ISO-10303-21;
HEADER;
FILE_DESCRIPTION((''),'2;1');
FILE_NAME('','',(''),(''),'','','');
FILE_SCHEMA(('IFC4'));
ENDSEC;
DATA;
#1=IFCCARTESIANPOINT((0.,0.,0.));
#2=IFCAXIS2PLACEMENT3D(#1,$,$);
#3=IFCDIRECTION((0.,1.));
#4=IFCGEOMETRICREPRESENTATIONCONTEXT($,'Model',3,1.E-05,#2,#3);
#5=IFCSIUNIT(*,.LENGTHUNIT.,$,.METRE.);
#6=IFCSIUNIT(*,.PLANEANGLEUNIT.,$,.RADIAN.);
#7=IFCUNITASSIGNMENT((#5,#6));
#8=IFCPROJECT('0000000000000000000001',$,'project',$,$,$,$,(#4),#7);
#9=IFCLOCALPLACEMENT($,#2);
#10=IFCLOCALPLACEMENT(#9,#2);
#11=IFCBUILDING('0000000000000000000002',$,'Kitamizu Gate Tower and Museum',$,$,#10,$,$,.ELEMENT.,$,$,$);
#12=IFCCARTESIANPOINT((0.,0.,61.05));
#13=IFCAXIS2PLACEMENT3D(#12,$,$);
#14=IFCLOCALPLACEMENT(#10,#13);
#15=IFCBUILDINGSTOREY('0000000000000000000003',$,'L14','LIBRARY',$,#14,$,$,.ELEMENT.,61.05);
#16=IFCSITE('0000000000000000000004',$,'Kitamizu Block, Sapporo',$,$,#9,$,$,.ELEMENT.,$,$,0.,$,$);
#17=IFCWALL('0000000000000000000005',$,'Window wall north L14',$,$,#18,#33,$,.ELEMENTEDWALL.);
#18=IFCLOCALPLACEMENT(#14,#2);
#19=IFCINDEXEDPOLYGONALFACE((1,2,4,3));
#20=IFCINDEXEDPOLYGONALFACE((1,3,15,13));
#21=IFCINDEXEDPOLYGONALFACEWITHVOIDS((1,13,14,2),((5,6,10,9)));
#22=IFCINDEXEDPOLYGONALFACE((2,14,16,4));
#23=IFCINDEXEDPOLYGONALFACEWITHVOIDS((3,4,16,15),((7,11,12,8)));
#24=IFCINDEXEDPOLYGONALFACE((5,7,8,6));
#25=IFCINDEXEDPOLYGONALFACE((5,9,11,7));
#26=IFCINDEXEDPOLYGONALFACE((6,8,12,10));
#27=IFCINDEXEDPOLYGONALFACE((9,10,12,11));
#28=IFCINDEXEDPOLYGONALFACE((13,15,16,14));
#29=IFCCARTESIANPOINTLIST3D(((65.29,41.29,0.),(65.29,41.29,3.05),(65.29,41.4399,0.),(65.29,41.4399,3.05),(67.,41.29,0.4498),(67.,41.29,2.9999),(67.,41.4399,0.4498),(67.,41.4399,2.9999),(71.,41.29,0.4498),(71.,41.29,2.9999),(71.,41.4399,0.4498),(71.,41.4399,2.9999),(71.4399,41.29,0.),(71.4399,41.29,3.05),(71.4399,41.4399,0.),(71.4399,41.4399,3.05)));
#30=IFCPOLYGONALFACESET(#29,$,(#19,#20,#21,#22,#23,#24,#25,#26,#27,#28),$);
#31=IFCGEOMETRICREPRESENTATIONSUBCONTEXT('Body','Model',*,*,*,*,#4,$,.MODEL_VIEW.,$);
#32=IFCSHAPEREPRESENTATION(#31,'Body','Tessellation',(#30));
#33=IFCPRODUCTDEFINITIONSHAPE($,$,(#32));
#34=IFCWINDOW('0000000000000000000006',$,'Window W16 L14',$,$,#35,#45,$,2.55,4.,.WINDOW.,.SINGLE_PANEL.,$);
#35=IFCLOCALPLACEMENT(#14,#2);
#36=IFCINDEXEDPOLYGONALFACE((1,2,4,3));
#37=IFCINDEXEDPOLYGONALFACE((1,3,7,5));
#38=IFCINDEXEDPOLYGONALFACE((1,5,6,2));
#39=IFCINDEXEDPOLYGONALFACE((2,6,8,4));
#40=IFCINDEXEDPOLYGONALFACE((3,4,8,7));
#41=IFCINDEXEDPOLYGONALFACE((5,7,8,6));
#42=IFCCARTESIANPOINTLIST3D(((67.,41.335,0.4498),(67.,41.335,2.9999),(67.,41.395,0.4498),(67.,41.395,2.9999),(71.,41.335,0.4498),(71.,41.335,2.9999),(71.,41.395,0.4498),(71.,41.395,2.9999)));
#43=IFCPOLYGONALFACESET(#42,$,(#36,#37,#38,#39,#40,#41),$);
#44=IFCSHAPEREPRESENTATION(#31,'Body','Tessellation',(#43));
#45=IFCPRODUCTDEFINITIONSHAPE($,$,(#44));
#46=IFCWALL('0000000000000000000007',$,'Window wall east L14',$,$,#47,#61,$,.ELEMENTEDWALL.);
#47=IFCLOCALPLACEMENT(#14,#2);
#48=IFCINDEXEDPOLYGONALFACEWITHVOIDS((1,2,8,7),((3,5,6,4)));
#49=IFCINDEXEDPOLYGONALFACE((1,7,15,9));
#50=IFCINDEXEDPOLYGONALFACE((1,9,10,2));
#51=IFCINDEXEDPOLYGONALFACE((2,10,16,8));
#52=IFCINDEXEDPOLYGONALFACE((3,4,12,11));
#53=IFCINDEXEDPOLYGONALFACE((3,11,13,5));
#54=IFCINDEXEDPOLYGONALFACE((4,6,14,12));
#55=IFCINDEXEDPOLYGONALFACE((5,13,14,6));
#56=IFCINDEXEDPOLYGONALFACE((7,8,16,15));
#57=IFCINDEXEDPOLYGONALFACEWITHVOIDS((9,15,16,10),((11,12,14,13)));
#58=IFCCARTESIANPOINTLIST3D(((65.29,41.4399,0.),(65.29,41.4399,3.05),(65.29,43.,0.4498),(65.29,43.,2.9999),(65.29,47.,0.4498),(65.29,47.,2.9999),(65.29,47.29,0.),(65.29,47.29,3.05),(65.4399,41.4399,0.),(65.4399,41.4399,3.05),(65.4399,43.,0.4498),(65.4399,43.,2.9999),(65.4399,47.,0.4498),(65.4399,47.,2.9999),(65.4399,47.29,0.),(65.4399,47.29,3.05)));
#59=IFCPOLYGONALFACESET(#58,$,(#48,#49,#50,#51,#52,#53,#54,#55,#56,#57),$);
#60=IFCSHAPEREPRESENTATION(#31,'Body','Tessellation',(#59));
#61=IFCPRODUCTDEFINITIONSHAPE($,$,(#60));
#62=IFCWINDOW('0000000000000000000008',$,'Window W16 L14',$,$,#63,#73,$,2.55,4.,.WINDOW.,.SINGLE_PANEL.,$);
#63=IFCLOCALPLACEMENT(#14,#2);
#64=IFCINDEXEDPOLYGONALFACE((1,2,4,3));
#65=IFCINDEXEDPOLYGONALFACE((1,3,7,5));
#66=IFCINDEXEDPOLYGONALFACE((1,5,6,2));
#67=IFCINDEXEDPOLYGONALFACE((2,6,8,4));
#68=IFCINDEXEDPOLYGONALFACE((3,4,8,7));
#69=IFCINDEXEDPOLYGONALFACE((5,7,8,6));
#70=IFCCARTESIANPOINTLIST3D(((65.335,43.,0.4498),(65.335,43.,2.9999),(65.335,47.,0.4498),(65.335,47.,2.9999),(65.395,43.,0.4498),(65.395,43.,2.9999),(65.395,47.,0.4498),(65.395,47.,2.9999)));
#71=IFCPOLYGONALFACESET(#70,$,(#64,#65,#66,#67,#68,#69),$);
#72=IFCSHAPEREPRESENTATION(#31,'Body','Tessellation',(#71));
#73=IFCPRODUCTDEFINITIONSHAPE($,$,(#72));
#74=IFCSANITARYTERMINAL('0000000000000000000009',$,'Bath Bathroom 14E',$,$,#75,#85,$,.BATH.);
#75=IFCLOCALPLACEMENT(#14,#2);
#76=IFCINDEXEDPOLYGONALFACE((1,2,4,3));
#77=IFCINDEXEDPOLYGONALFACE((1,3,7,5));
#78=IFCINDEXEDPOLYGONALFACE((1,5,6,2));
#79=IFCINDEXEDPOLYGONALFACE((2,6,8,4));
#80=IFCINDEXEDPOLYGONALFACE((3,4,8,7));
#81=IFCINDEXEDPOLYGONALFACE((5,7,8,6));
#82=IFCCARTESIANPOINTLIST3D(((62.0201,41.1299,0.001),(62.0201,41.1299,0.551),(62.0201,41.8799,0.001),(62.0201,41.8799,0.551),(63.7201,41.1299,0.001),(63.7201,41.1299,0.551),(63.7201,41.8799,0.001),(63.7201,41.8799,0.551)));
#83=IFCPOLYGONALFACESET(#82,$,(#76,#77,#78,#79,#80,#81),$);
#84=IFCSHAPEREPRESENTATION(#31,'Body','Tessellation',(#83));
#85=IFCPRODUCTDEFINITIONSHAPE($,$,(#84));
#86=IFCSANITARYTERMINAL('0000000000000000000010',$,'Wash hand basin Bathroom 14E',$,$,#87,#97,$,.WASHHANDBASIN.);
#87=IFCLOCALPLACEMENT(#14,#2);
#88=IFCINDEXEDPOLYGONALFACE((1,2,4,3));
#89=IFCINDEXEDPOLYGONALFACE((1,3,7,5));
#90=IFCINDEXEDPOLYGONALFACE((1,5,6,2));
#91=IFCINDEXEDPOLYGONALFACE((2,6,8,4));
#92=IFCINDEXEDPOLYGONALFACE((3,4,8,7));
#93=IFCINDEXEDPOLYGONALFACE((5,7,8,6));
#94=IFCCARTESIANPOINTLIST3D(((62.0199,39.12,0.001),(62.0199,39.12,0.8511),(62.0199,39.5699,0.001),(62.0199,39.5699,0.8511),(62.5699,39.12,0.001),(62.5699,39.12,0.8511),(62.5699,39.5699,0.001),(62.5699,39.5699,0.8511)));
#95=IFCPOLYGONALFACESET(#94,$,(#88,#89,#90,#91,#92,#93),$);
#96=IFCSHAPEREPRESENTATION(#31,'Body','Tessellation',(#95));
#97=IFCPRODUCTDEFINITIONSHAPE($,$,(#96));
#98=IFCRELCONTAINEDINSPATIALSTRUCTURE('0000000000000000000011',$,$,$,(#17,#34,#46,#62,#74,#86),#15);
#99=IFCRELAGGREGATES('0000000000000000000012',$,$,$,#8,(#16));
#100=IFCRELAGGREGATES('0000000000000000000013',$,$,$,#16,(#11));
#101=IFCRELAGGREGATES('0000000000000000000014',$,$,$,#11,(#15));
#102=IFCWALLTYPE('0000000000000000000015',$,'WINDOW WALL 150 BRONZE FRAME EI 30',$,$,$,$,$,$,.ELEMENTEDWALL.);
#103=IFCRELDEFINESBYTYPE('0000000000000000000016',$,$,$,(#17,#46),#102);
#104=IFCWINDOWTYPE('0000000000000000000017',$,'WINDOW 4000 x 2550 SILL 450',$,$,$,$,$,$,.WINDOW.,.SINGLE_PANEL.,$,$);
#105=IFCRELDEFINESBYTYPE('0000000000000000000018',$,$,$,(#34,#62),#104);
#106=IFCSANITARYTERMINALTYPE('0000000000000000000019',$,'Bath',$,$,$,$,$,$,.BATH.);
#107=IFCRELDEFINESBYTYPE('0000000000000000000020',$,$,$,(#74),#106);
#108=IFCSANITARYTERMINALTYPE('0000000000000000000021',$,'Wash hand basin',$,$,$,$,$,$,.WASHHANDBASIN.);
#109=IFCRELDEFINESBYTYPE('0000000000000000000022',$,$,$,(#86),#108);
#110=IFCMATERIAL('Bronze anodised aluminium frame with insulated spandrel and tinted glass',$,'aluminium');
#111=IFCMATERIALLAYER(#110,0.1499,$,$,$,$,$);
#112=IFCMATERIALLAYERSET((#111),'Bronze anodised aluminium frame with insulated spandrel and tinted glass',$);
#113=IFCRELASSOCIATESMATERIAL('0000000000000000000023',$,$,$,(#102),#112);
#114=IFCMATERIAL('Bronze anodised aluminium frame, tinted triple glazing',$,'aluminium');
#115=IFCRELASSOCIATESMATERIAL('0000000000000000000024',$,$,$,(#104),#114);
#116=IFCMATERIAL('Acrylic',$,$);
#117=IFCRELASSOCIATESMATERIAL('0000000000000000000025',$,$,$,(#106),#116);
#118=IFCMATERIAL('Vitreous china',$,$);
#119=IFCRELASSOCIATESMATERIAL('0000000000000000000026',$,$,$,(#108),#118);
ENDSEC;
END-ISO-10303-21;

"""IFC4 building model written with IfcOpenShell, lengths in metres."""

from ifc_helpers import new_model, si_unit, direction, frame, frame_2d, origin, origin_2d, place, context, subcontext, project, spatial, rectangle, extrude, material, layer, layer_set, type_object, element, fill, save


model = new_model("IFC4")

# Units and contexts
model_context = context("Model", 3, precision=1e-05, world=origin(), true_north=direction((0.0, 1.0)))
body_context = subcontext(model_context, "Body", "Model", "MODEL_VIEW")
ifc_project = project(units=[si_unit("LENGTHUNIT", "METRE"), si_unit("PLANEANGLEUNIT", "RADIAN")], contexts=[model_context])

# Site, building, storey
site_placement = place(None, origin())
site = spatial("IfcSite", under=ifc_project, at=site_placement, Name="Kitamizu Block, Sapporo", CompositionType="ELEMENT", RefElevation=0.0)
building_placement = place(site_placement, origin())
building = spatial("IfcBuilding", under=site, at=building_placement, Name="Kitamizu Gate Tower and Museum", CompositionType="ELEMENT")
storey_placement = place(building_placement, frame((0.0, 0.0, 61.05)))
storey = spatial("IfcBuildingStorey", under=building, at=storey_placement, Name="L14", Description="LIBRARY", CompositionType="ELEMENT", Elevation=61.05)

# Walls, openings, windows
ifc_material_1 = material(Name="Bronze anodised aluminium frame with insulated spandrel and tinted glass", Category="aluminium")
ifc_layer_1 = layer(ifc_material_1, 0.1499)
ifc_layer_set_1 = layer_set([ifc_layer_1], Name="Bronze anodised aluminium frame with insulated spandrel and tinted glass")
wall_type_1 = type_object("IfcWallType", Name="WINDOW WALL 150 BRONZE FRAME EI 30", PredefinedType="ELEMENTEDWALL", material=ifc_layer_set_1)
wall_1_placement = place(storey_placement, frame((65.29, 41.365, 0.0), z_axis=(0.0, 0.0, 1.0), x_axis=(1.0, 0.0, 0.0)))
wall_1 = element("IfcWall", 1, at=wall_1_placement, inside=storey, type_object=wall_type_1, Name="Window wall north L14", PredefinedType="ELEMENTEDWALL", context=body_context, shape_type="SweptSolid", body=[
    extrude(rectangle(XDim=6.1499, YDim=0.1499, at=frame_2d((3.075, 0.0))), origin(), (0.0, 0.0, 1.0), 3.05),
])
opening_1_placement = place(wall_1_placement, frame((1.71, 0.0, 0.45)))
opening_1 = element("IfcOpeningElement", 2, at=opening_1_placement, cuts=wall_1, PredefinedType="OPENING", context=body_context, shape_type="SweptSolid", body=[
    extrude(rectangle(XDim=4.0, YDim=2.55, at=frame_2d((2.0, 1.2749))), frame((0.0, 0.085, 0.0), z_axis=(0.0, -1.0, 0.0), x_axis=(1.0, 0.0, 0.0)), (0.0, 0.0, 1.0), 0.1699),
])
ifc_material_2 = material(Name="Bronze anodised aluminium frame, tinted triple glazing", Category="aluminium")
window_type = type_object("IfcWindowType", Name="WINDOW 4000 x 2550 SILL 450", PartitioningType="SINGLE_PANEL", PredefinedType="WINDOW", material=ifc_material_2)
window_1_placement = place(opening_1_placement, origin())
window_1 = element("IfcWindow", 3, at=window_1_placement, inside=storey, type_object=window_type, Name="Window W16 L14", OverallHeight=2.55, OverallWidth=4.0, PartitioningType="SINGLE_PANEL", PredefinedType="WINDOW", context=body_context, shape_type="SweptSolid", body=[
    extrude(rectangle(XDim=4.0, YDim=2.55, at=frame_2d((2.0, 1.2749))), frame((0.0, 0.03, 0.0), z_axis=(0.0, -1.0, 0.0), x_axis=(1.0, 0.0, 0.0)), (0.0, 0.0, 1.0), 0.0601),
])
fill(opening_1, window_1)
wall_2_placement = place(storey_placement, frame((65.365, 41.4399, 0.0), z_axis=(0.0, 0.0, 1.0), x_axis=(0.0, 1.0, 0.0)))
wall_2 = element("IfcWall", 4, at=wall_2_placement, inside=storey, type_object=wall_type_1, Name="Window wall east L14", PredefinedType="ELEMENTEDWALL", context=body_context, shape_type="SweptSolid", body=[
    extrude(rectangle(XDim=5.8501, YDim=0.1499, at=frame_2d((2.925, 0.0))), origin(), (0.0, 0.0, 1.0), 3.05),
])
opening_2_placement = place(wall_2_placement, frame((1.5601, 0.0, 0.45)))
opening_2 = element("IfcOpeningElement", 5, at=opening_2_placement, cuts=wall_2, PredefinedType="OPENING", context=body_context, shape_type="SweptSolid", body=[
    extrude(rectangle(XDim=4.0, YDim=2.55, at=frame_2d((2.0, 1.2749))), frame((0.0, 0.085, 0.0), z_axis=(0.0, -1.0, 0.0), x_axis=(1.0, 0.0, 0.0)), (0.0, 0.0, 1.0), 0.1699),
])
window_2_placement = place(opening_2_placement, origin())
window_2 = element("IfcWindow", 6, at=window_2_placement, inside=storey, type_object=window_type, Name="Window W16 L14", OverallHeight=2.55, OverallWidth=4.0, PartitioningType="SINGLE_PANEL", PredefinedType="WINDOW", context=body_context, shape_type="SweptSolid", body=[
    extrude(rectangle(XDim=4.0, YDim=2.55, at=frame_2d((2.0, 1.2749))), frame((0.0, 0.03, 0.0), z_axis=(0.0, -1.0, 0.0), x_axis=(1.0, 0.0, 0.0)), (0.0, 0.0, 1.0), 0.0601),
])
fill(opening_2, window_2)

# Sanitary terminals
ifc_material_3 = material(Name="Acrylic")
sanitary_terminal_type_1 = type_object("IfcSanitaryTerminalType", Name="Bath", PredefinedType="BATH", material=ifc_material_3)
sanitary_terminal_1_placement = place(storey_placement, frame((62.8701, 41.5049, 0.001), z_axis=(0.0, 0.0, 1.0), x_axis=(1.0, 0.0, 0.0)))
element("IfcSanitaryTerminal", 7, at=sanitary_terminal_1_placement, inside=storey, type_object=sanitary_terminal_type_1, Name="Bath Bathroom 14E", PredefinedType="BATH", context=body_context, shape_type="SweptSolid", body=[
    extrude(rectangle(XDim=1.7, YDim=0.75, at=origin_2d()), origin(), (0.0, 0.0, 1.0), 0.55),
])
ifc_material_4 = material(Name="Vitreous china")
sanitary_terminal_type_2 = type_object("IfcSanitaryTerminalType", Name="Wash hand basin", PredefinedType="WASHHANDBASIN", material=ifc_material_4)
sanitary_terminal_2_placement = place(storey_placement, frame((62.2949, 39.345, 0.001), z_axis=(0.0, 0.0, 1.0), x_axis=(1.0, 0.0, 0.0)))
element("IfcSanitaryTerminal", 8, at=sanitary_terminal_2_placement, inside=storey, type_object=sanitary_terminal_type_2, Name="Wash hand basin Bathroom 14E", PredefinedType="WASHHANDBASIN", context=body_context, shape_type="SweptSolid", body=[
    extrude(rectangle(XDim=0.55, YDim=0.45, at=origin_2d()), origin(), (0.0, 0.0, 1.0), 0.8501),
])

save(model, "model.ifc")
